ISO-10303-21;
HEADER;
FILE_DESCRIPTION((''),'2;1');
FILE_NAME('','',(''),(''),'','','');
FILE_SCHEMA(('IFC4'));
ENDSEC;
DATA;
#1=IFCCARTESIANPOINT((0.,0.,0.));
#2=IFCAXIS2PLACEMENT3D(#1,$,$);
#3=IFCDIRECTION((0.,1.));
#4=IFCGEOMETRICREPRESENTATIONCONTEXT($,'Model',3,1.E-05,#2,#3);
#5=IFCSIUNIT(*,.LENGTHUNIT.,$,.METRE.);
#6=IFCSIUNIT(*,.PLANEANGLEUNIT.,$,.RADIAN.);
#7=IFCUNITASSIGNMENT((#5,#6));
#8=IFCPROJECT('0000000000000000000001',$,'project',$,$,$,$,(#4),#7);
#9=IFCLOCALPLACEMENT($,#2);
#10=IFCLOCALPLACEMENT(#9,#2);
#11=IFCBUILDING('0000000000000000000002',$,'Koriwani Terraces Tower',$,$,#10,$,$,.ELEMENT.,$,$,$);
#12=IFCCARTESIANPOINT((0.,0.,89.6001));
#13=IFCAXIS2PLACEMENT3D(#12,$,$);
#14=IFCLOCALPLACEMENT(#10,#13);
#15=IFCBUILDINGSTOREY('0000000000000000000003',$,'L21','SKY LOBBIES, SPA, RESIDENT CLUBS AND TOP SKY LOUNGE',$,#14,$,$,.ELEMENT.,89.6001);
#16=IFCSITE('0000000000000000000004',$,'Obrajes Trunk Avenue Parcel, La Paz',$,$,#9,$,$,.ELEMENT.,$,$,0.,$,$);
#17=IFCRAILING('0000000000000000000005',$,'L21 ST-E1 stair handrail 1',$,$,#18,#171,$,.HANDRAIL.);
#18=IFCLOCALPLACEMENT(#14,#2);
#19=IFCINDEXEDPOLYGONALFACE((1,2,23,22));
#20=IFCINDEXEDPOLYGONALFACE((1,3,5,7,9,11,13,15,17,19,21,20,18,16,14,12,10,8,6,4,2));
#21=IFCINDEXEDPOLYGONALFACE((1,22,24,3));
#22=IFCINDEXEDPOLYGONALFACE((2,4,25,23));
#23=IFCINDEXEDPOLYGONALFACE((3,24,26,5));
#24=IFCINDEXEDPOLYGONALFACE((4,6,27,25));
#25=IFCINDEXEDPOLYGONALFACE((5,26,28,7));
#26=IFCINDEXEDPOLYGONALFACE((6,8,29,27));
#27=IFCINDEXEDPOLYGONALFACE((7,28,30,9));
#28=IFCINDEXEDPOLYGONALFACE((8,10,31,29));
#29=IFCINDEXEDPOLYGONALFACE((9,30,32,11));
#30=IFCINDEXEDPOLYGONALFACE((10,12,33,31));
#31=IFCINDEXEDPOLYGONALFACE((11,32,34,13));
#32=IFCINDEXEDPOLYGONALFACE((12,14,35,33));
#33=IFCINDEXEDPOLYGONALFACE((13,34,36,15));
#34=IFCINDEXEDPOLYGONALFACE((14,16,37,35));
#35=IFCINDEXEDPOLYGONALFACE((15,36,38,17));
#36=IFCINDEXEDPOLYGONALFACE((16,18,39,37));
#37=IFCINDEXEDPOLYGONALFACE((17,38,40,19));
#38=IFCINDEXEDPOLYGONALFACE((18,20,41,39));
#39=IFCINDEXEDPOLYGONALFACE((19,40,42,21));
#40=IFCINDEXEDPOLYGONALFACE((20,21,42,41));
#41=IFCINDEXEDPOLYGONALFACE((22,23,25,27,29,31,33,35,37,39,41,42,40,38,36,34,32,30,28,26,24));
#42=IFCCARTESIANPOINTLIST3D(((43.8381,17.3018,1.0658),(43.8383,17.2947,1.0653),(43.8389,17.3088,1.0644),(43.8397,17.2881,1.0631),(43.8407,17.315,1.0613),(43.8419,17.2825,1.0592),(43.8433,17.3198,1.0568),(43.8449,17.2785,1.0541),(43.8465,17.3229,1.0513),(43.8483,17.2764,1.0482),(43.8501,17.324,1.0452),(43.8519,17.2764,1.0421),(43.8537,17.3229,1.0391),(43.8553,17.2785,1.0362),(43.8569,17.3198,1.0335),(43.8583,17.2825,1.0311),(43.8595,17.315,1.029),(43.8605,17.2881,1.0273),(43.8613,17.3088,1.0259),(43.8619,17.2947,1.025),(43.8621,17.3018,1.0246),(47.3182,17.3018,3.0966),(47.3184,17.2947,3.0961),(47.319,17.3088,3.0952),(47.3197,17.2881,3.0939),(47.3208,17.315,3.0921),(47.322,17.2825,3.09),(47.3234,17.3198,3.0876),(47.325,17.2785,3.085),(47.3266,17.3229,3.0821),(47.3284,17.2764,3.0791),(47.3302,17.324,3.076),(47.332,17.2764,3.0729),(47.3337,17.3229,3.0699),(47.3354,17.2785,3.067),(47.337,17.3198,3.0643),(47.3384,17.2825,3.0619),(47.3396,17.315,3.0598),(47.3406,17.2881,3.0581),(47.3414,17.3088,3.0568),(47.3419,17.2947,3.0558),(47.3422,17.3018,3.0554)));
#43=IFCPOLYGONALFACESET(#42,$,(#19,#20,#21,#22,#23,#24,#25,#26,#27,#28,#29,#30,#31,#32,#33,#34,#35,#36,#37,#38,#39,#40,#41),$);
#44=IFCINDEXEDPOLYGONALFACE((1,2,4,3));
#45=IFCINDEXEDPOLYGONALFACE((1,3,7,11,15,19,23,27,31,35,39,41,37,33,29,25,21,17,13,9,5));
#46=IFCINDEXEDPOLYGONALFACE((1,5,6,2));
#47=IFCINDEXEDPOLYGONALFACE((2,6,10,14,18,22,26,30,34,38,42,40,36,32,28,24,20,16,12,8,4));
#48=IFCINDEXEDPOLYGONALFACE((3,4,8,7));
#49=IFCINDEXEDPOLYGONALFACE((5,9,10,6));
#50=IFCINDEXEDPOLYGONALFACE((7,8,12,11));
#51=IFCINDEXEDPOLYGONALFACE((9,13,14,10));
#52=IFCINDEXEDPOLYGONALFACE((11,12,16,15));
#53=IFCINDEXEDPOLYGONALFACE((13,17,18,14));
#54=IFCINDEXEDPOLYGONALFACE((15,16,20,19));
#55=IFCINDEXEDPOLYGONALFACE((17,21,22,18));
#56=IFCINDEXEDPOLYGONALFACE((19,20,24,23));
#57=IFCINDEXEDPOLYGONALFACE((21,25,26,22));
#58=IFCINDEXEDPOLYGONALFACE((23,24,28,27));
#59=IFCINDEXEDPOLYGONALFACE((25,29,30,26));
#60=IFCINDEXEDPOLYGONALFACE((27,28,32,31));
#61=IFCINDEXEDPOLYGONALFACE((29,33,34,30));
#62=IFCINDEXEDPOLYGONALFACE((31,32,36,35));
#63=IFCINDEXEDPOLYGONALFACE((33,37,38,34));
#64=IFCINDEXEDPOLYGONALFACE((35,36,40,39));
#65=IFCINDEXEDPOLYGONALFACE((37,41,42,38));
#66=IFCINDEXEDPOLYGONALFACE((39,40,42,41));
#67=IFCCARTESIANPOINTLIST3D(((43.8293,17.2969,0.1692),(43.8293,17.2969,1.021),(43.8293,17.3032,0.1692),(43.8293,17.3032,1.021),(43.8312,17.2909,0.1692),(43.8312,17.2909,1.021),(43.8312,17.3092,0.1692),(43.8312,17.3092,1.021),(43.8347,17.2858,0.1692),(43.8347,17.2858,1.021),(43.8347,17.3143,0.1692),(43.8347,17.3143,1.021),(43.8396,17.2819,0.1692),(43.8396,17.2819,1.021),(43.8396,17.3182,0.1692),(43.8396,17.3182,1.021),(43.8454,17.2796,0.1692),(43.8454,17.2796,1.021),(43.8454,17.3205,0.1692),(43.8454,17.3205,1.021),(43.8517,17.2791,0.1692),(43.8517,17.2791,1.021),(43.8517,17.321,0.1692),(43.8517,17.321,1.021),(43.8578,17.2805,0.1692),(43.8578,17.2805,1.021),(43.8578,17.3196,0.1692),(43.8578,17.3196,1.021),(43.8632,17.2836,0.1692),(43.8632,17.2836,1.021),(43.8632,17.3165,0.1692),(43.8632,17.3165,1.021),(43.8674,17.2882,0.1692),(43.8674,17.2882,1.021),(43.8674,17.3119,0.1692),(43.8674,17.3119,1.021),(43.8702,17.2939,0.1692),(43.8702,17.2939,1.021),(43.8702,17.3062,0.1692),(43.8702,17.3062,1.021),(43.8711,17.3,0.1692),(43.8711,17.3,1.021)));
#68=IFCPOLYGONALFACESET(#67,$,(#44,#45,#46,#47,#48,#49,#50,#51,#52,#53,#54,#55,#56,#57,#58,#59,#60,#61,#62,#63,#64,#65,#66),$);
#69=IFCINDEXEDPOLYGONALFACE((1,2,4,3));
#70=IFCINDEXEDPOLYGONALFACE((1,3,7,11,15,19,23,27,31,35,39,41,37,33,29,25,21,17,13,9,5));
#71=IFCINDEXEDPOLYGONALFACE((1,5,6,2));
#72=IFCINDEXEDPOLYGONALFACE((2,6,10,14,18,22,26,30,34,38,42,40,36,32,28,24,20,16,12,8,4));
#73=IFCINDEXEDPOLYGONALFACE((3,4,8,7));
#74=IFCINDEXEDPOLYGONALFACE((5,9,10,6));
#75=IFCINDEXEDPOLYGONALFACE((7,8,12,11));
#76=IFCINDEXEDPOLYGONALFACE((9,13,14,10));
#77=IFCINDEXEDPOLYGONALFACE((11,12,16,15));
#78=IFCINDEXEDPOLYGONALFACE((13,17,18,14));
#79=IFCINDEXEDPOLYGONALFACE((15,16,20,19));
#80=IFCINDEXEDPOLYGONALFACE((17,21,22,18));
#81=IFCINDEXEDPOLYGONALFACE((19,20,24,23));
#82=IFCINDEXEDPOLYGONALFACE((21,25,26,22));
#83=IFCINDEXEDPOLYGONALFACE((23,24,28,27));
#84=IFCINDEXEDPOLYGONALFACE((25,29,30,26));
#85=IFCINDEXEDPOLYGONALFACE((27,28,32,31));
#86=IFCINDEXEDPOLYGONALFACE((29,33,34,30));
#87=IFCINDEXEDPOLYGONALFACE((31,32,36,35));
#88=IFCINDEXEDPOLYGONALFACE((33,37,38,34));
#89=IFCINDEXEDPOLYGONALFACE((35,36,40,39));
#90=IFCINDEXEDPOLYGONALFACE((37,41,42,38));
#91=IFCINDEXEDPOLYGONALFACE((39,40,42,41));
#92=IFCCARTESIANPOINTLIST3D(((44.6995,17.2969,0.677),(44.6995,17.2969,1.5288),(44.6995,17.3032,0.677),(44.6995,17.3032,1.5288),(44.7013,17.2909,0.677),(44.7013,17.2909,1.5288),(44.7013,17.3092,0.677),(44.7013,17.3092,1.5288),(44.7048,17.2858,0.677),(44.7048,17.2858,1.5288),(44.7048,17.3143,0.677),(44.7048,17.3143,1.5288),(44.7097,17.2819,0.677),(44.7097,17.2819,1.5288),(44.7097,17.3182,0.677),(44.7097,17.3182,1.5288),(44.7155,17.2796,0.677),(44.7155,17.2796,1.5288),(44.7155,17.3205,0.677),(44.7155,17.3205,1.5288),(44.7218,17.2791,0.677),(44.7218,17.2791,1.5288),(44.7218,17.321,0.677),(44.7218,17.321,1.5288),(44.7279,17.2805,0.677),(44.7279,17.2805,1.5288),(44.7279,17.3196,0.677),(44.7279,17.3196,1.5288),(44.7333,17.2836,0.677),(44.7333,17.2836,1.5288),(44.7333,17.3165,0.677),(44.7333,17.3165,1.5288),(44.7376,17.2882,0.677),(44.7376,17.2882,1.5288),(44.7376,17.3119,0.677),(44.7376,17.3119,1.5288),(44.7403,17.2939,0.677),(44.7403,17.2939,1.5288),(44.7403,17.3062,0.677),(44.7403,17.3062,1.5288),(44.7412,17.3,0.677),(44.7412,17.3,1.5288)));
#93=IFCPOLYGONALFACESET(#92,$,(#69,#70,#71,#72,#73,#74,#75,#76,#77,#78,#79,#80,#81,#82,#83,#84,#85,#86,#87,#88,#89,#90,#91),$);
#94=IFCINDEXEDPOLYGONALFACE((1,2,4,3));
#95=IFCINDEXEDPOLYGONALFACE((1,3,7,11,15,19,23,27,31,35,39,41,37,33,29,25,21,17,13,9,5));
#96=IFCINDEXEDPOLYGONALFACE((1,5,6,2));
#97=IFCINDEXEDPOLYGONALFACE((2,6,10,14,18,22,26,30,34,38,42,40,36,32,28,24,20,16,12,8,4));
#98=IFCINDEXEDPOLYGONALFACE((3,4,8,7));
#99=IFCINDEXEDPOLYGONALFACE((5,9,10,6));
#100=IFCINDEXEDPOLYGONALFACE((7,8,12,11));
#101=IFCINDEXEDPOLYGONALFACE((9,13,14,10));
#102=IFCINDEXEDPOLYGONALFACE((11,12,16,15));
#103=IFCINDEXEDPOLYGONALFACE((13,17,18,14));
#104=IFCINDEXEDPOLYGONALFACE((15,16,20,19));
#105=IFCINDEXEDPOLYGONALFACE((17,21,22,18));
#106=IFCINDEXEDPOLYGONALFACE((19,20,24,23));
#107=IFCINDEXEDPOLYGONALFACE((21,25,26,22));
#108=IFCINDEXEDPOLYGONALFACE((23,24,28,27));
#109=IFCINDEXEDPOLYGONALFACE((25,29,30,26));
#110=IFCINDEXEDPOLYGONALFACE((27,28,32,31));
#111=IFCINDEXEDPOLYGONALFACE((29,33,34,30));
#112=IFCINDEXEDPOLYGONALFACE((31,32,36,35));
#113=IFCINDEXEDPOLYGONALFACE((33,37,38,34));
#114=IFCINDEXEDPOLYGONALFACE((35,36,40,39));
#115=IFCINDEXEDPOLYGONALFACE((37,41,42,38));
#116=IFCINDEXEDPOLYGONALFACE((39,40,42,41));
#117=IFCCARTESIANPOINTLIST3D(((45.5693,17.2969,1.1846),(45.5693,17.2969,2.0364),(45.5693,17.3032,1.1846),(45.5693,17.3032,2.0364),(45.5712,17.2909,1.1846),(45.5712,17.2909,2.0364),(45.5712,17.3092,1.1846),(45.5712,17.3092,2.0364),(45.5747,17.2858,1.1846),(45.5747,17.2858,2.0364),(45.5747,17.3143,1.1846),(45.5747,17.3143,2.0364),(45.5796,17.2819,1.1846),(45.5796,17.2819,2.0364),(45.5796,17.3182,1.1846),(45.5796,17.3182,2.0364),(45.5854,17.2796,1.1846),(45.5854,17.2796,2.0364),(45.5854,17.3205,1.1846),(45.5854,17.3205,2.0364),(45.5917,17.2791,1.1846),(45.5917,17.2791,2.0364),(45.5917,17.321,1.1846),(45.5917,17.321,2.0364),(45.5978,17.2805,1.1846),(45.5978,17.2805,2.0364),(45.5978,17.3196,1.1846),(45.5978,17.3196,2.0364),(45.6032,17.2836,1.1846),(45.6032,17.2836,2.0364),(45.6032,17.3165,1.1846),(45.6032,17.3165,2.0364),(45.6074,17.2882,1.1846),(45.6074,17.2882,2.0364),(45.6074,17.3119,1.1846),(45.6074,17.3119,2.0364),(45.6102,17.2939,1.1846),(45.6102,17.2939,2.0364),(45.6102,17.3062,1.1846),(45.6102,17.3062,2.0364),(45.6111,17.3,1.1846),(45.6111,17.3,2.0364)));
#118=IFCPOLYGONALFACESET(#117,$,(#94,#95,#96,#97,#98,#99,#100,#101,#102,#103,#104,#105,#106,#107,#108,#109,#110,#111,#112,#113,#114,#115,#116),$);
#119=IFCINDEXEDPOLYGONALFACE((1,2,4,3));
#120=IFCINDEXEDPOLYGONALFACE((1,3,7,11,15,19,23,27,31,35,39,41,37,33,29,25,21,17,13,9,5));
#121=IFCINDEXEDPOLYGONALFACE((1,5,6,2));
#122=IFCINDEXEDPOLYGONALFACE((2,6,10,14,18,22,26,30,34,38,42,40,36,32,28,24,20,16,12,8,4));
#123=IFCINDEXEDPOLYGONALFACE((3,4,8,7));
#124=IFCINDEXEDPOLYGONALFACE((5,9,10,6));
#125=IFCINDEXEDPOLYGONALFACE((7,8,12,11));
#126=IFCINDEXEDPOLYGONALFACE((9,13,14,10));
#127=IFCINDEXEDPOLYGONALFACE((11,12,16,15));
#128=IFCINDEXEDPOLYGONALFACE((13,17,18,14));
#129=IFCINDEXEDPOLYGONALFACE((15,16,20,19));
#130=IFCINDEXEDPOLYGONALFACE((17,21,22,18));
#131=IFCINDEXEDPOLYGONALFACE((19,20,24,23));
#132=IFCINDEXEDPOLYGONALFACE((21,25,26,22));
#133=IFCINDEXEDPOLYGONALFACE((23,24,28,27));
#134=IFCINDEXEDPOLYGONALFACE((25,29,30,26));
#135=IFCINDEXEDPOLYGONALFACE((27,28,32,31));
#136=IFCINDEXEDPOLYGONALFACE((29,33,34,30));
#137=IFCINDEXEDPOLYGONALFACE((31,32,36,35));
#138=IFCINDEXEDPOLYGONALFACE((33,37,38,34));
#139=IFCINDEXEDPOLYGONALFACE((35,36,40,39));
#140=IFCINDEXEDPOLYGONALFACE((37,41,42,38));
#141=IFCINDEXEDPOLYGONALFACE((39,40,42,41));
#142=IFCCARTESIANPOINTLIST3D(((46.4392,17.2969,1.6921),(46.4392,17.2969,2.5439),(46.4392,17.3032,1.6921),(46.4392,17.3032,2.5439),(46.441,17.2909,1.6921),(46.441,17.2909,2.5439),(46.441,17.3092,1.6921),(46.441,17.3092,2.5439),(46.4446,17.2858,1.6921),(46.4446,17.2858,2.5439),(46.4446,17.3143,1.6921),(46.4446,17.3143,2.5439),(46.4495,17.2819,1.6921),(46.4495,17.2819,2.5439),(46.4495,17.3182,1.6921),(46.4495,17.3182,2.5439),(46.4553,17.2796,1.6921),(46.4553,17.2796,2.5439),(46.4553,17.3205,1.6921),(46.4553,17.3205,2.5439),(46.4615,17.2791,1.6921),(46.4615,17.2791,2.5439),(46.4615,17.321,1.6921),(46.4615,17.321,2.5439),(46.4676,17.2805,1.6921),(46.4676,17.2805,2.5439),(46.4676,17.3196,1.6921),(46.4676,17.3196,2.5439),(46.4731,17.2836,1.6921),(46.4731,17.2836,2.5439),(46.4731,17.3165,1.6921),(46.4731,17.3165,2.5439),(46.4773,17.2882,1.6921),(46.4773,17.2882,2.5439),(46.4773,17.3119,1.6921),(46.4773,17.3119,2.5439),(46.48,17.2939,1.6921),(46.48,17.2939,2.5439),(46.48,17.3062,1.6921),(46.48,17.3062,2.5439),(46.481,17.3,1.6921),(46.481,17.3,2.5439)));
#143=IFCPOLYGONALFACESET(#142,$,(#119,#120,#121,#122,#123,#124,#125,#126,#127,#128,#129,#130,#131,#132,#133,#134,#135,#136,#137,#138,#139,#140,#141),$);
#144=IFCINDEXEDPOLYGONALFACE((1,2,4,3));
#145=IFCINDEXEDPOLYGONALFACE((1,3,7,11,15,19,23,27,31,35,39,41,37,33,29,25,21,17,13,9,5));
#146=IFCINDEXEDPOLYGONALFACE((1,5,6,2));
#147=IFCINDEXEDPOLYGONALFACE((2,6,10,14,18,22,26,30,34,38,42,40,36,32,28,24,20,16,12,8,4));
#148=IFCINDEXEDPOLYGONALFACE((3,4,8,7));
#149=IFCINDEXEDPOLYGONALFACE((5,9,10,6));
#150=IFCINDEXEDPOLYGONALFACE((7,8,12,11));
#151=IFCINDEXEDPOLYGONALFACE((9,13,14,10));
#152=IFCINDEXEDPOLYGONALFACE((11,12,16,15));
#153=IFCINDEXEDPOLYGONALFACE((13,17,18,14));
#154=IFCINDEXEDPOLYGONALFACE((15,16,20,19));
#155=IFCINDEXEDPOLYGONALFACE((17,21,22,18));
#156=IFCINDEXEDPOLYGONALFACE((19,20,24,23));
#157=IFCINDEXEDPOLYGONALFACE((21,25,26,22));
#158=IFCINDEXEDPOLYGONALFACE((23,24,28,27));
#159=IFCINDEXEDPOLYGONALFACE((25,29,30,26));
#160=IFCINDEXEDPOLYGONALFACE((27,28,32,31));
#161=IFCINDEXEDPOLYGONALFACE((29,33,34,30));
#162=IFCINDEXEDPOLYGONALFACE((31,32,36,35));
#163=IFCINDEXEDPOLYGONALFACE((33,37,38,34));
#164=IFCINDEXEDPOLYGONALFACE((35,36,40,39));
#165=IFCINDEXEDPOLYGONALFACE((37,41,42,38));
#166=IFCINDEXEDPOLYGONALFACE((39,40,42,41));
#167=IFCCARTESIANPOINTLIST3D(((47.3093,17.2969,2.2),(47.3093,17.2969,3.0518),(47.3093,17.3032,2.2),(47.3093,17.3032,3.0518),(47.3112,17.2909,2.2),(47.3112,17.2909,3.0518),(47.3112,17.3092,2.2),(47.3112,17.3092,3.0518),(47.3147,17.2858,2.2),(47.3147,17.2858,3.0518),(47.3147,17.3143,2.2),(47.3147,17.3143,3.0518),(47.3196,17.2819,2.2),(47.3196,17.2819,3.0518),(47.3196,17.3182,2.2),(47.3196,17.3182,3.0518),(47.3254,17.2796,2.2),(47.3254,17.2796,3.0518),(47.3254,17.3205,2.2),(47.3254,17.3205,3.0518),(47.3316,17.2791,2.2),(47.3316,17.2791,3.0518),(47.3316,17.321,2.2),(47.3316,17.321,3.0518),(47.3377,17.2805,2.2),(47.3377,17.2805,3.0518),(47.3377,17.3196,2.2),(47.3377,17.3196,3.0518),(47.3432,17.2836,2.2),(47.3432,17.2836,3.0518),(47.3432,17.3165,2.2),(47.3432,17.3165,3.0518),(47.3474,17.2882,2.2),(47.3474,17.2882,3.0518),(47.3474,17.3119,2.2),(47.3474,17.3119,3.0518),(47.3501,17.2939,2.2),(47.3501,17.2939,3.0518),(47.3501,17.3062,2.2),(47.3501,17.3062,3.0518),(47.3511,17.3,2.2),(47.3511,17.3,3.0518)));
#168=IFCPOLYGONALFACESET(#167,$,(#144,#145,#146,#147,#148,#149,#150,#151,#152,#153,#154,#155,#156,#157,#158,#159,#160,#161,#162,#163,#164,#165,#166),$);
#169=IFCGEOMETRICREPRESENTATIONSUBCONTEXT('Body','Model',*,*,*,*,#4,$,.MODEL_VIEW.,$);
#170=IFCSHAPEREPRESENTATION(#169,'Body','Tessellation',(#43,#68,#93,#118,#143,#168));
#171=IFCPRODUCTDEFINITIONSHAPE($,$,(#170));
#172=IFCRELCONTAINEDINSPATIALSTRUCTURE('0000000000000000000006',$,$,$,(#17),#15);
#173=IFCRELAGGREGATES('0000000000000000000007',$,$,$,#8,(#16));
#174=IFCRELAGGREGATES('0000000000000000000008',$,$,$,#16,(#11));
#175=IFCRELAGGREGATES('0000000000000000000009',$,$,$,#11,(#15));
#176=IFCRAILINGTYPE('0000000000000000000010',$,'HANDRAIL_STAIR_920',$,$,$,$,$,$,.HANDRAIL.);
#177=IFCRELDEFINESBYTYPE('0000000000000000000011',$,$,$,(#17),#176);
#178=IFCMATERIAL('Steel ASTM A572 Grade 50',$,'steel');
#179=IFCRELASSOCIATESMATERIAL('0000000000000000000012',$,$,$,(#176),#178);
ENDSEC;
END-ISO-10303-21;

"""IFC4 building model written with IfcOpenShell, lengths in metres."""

from ifc_helpers import new_model, si_unit, direction, frame, origin, origin_2d, place, context, subcontext, project, spatial, circle, extrude, material, type_object, element, save


model = new_model("IFC4")

# Units and contexts
model_context = context("Model", 3, precision=1e-05, world=origin(), true_north=direction((0.0, 1.0)))
body_context = subcontext(model_context, "Body", "Model", "MODEL_VIEW")
ifc_project = project(units=[si_unit("LENGTHUNIT", "METRE"), si_unit("PLANEANGLEUNIT", "RADIAN")], contexts=[model_context])

# Site, building, storey
site_placement = place(None, origin())
site = spatial("IfcSite", under=ifc_project, at=site_placement, Name="Obrajes Trunk Avenue Parcel, La Paz", CompositionType="ELEMENT", RefElevation=0.0)
building_placement = place(site_placement, origin())
building = spatial("IfcBuilding", under=site, at=building_placement, Name="Koriwani Terraces Tower", CompositionType="ELEMENT")
storey_placement = place(building_placement, frame((0.0, 0.0, 89.6001)))
storey = spatial("IfcBuildingStorey", under=building, at=storey_placement, Name="L21", Description="SKY LOBBIES, SPA, RESIDENT CLUBS AND TOP SKY LOUNGE", CompositionType="ELEMENT", Elevation=89.6001)

# Shared definitions
ifc_material_1 = material(Name="Steel ASTM A572 Grade 50", Category="steel")

# Railing
railing_type_1 = type_object("IfcRailingType", Name="HANDRAIL_STAIR_920", PredefinedType="HANDRAIL", material=ifc_material_1)
railing_1_placement = place(storey_placement, frame((43.8501, 17.3, 0.1692)))
element("IfcRailing", 1, at=railing_1_placement, inside=storey, type_object=railing_type_1, Name="L21 ST-E1 stair handrail 1", PredefinedType="HANDRAIL", context=body_context, shape_type="SweptSolid", body=[
    extrude(circle(Radius=0.0239, at=origin_2d()), frame((0.0, 0.0, 0.876), z_axis=(0.863695, 0.0, 0.504014), x_axis=(0.0, 1.0, 0.0)), (0.0, 0.0, 1.0), 4.0293),
    extrude(circle(Radius=0.021, at=origin_2d()), origin(), (0.0, 0.0, 1.0), 0.8518),
    extrude(circle(Radius=0.021, at=origin_2d()), frame((0.8701, 0.0, 0.5078)), (0.0, 0.0, 1.0), 0.8518),
    extrude(circle(Radius=0.021, at=origin_2d()), frame((1.74, 0.0, 1.0154)), (0.0, 0.0, 1.0), 0.8518),
    extrude(circle(Radius=0.021, at=origin_2d()), frame((2.6099, 0.0, 1.5229)), (0.0, 0.0, 1.0), 0.8518),
    extrude(circle(Radius=0.021, at=origin_2d()), frame((3.48, 0.0, 2.0308)), (0.0, 0.0, 1.0), 0.8518),
])

save(model, "model.ifc")
